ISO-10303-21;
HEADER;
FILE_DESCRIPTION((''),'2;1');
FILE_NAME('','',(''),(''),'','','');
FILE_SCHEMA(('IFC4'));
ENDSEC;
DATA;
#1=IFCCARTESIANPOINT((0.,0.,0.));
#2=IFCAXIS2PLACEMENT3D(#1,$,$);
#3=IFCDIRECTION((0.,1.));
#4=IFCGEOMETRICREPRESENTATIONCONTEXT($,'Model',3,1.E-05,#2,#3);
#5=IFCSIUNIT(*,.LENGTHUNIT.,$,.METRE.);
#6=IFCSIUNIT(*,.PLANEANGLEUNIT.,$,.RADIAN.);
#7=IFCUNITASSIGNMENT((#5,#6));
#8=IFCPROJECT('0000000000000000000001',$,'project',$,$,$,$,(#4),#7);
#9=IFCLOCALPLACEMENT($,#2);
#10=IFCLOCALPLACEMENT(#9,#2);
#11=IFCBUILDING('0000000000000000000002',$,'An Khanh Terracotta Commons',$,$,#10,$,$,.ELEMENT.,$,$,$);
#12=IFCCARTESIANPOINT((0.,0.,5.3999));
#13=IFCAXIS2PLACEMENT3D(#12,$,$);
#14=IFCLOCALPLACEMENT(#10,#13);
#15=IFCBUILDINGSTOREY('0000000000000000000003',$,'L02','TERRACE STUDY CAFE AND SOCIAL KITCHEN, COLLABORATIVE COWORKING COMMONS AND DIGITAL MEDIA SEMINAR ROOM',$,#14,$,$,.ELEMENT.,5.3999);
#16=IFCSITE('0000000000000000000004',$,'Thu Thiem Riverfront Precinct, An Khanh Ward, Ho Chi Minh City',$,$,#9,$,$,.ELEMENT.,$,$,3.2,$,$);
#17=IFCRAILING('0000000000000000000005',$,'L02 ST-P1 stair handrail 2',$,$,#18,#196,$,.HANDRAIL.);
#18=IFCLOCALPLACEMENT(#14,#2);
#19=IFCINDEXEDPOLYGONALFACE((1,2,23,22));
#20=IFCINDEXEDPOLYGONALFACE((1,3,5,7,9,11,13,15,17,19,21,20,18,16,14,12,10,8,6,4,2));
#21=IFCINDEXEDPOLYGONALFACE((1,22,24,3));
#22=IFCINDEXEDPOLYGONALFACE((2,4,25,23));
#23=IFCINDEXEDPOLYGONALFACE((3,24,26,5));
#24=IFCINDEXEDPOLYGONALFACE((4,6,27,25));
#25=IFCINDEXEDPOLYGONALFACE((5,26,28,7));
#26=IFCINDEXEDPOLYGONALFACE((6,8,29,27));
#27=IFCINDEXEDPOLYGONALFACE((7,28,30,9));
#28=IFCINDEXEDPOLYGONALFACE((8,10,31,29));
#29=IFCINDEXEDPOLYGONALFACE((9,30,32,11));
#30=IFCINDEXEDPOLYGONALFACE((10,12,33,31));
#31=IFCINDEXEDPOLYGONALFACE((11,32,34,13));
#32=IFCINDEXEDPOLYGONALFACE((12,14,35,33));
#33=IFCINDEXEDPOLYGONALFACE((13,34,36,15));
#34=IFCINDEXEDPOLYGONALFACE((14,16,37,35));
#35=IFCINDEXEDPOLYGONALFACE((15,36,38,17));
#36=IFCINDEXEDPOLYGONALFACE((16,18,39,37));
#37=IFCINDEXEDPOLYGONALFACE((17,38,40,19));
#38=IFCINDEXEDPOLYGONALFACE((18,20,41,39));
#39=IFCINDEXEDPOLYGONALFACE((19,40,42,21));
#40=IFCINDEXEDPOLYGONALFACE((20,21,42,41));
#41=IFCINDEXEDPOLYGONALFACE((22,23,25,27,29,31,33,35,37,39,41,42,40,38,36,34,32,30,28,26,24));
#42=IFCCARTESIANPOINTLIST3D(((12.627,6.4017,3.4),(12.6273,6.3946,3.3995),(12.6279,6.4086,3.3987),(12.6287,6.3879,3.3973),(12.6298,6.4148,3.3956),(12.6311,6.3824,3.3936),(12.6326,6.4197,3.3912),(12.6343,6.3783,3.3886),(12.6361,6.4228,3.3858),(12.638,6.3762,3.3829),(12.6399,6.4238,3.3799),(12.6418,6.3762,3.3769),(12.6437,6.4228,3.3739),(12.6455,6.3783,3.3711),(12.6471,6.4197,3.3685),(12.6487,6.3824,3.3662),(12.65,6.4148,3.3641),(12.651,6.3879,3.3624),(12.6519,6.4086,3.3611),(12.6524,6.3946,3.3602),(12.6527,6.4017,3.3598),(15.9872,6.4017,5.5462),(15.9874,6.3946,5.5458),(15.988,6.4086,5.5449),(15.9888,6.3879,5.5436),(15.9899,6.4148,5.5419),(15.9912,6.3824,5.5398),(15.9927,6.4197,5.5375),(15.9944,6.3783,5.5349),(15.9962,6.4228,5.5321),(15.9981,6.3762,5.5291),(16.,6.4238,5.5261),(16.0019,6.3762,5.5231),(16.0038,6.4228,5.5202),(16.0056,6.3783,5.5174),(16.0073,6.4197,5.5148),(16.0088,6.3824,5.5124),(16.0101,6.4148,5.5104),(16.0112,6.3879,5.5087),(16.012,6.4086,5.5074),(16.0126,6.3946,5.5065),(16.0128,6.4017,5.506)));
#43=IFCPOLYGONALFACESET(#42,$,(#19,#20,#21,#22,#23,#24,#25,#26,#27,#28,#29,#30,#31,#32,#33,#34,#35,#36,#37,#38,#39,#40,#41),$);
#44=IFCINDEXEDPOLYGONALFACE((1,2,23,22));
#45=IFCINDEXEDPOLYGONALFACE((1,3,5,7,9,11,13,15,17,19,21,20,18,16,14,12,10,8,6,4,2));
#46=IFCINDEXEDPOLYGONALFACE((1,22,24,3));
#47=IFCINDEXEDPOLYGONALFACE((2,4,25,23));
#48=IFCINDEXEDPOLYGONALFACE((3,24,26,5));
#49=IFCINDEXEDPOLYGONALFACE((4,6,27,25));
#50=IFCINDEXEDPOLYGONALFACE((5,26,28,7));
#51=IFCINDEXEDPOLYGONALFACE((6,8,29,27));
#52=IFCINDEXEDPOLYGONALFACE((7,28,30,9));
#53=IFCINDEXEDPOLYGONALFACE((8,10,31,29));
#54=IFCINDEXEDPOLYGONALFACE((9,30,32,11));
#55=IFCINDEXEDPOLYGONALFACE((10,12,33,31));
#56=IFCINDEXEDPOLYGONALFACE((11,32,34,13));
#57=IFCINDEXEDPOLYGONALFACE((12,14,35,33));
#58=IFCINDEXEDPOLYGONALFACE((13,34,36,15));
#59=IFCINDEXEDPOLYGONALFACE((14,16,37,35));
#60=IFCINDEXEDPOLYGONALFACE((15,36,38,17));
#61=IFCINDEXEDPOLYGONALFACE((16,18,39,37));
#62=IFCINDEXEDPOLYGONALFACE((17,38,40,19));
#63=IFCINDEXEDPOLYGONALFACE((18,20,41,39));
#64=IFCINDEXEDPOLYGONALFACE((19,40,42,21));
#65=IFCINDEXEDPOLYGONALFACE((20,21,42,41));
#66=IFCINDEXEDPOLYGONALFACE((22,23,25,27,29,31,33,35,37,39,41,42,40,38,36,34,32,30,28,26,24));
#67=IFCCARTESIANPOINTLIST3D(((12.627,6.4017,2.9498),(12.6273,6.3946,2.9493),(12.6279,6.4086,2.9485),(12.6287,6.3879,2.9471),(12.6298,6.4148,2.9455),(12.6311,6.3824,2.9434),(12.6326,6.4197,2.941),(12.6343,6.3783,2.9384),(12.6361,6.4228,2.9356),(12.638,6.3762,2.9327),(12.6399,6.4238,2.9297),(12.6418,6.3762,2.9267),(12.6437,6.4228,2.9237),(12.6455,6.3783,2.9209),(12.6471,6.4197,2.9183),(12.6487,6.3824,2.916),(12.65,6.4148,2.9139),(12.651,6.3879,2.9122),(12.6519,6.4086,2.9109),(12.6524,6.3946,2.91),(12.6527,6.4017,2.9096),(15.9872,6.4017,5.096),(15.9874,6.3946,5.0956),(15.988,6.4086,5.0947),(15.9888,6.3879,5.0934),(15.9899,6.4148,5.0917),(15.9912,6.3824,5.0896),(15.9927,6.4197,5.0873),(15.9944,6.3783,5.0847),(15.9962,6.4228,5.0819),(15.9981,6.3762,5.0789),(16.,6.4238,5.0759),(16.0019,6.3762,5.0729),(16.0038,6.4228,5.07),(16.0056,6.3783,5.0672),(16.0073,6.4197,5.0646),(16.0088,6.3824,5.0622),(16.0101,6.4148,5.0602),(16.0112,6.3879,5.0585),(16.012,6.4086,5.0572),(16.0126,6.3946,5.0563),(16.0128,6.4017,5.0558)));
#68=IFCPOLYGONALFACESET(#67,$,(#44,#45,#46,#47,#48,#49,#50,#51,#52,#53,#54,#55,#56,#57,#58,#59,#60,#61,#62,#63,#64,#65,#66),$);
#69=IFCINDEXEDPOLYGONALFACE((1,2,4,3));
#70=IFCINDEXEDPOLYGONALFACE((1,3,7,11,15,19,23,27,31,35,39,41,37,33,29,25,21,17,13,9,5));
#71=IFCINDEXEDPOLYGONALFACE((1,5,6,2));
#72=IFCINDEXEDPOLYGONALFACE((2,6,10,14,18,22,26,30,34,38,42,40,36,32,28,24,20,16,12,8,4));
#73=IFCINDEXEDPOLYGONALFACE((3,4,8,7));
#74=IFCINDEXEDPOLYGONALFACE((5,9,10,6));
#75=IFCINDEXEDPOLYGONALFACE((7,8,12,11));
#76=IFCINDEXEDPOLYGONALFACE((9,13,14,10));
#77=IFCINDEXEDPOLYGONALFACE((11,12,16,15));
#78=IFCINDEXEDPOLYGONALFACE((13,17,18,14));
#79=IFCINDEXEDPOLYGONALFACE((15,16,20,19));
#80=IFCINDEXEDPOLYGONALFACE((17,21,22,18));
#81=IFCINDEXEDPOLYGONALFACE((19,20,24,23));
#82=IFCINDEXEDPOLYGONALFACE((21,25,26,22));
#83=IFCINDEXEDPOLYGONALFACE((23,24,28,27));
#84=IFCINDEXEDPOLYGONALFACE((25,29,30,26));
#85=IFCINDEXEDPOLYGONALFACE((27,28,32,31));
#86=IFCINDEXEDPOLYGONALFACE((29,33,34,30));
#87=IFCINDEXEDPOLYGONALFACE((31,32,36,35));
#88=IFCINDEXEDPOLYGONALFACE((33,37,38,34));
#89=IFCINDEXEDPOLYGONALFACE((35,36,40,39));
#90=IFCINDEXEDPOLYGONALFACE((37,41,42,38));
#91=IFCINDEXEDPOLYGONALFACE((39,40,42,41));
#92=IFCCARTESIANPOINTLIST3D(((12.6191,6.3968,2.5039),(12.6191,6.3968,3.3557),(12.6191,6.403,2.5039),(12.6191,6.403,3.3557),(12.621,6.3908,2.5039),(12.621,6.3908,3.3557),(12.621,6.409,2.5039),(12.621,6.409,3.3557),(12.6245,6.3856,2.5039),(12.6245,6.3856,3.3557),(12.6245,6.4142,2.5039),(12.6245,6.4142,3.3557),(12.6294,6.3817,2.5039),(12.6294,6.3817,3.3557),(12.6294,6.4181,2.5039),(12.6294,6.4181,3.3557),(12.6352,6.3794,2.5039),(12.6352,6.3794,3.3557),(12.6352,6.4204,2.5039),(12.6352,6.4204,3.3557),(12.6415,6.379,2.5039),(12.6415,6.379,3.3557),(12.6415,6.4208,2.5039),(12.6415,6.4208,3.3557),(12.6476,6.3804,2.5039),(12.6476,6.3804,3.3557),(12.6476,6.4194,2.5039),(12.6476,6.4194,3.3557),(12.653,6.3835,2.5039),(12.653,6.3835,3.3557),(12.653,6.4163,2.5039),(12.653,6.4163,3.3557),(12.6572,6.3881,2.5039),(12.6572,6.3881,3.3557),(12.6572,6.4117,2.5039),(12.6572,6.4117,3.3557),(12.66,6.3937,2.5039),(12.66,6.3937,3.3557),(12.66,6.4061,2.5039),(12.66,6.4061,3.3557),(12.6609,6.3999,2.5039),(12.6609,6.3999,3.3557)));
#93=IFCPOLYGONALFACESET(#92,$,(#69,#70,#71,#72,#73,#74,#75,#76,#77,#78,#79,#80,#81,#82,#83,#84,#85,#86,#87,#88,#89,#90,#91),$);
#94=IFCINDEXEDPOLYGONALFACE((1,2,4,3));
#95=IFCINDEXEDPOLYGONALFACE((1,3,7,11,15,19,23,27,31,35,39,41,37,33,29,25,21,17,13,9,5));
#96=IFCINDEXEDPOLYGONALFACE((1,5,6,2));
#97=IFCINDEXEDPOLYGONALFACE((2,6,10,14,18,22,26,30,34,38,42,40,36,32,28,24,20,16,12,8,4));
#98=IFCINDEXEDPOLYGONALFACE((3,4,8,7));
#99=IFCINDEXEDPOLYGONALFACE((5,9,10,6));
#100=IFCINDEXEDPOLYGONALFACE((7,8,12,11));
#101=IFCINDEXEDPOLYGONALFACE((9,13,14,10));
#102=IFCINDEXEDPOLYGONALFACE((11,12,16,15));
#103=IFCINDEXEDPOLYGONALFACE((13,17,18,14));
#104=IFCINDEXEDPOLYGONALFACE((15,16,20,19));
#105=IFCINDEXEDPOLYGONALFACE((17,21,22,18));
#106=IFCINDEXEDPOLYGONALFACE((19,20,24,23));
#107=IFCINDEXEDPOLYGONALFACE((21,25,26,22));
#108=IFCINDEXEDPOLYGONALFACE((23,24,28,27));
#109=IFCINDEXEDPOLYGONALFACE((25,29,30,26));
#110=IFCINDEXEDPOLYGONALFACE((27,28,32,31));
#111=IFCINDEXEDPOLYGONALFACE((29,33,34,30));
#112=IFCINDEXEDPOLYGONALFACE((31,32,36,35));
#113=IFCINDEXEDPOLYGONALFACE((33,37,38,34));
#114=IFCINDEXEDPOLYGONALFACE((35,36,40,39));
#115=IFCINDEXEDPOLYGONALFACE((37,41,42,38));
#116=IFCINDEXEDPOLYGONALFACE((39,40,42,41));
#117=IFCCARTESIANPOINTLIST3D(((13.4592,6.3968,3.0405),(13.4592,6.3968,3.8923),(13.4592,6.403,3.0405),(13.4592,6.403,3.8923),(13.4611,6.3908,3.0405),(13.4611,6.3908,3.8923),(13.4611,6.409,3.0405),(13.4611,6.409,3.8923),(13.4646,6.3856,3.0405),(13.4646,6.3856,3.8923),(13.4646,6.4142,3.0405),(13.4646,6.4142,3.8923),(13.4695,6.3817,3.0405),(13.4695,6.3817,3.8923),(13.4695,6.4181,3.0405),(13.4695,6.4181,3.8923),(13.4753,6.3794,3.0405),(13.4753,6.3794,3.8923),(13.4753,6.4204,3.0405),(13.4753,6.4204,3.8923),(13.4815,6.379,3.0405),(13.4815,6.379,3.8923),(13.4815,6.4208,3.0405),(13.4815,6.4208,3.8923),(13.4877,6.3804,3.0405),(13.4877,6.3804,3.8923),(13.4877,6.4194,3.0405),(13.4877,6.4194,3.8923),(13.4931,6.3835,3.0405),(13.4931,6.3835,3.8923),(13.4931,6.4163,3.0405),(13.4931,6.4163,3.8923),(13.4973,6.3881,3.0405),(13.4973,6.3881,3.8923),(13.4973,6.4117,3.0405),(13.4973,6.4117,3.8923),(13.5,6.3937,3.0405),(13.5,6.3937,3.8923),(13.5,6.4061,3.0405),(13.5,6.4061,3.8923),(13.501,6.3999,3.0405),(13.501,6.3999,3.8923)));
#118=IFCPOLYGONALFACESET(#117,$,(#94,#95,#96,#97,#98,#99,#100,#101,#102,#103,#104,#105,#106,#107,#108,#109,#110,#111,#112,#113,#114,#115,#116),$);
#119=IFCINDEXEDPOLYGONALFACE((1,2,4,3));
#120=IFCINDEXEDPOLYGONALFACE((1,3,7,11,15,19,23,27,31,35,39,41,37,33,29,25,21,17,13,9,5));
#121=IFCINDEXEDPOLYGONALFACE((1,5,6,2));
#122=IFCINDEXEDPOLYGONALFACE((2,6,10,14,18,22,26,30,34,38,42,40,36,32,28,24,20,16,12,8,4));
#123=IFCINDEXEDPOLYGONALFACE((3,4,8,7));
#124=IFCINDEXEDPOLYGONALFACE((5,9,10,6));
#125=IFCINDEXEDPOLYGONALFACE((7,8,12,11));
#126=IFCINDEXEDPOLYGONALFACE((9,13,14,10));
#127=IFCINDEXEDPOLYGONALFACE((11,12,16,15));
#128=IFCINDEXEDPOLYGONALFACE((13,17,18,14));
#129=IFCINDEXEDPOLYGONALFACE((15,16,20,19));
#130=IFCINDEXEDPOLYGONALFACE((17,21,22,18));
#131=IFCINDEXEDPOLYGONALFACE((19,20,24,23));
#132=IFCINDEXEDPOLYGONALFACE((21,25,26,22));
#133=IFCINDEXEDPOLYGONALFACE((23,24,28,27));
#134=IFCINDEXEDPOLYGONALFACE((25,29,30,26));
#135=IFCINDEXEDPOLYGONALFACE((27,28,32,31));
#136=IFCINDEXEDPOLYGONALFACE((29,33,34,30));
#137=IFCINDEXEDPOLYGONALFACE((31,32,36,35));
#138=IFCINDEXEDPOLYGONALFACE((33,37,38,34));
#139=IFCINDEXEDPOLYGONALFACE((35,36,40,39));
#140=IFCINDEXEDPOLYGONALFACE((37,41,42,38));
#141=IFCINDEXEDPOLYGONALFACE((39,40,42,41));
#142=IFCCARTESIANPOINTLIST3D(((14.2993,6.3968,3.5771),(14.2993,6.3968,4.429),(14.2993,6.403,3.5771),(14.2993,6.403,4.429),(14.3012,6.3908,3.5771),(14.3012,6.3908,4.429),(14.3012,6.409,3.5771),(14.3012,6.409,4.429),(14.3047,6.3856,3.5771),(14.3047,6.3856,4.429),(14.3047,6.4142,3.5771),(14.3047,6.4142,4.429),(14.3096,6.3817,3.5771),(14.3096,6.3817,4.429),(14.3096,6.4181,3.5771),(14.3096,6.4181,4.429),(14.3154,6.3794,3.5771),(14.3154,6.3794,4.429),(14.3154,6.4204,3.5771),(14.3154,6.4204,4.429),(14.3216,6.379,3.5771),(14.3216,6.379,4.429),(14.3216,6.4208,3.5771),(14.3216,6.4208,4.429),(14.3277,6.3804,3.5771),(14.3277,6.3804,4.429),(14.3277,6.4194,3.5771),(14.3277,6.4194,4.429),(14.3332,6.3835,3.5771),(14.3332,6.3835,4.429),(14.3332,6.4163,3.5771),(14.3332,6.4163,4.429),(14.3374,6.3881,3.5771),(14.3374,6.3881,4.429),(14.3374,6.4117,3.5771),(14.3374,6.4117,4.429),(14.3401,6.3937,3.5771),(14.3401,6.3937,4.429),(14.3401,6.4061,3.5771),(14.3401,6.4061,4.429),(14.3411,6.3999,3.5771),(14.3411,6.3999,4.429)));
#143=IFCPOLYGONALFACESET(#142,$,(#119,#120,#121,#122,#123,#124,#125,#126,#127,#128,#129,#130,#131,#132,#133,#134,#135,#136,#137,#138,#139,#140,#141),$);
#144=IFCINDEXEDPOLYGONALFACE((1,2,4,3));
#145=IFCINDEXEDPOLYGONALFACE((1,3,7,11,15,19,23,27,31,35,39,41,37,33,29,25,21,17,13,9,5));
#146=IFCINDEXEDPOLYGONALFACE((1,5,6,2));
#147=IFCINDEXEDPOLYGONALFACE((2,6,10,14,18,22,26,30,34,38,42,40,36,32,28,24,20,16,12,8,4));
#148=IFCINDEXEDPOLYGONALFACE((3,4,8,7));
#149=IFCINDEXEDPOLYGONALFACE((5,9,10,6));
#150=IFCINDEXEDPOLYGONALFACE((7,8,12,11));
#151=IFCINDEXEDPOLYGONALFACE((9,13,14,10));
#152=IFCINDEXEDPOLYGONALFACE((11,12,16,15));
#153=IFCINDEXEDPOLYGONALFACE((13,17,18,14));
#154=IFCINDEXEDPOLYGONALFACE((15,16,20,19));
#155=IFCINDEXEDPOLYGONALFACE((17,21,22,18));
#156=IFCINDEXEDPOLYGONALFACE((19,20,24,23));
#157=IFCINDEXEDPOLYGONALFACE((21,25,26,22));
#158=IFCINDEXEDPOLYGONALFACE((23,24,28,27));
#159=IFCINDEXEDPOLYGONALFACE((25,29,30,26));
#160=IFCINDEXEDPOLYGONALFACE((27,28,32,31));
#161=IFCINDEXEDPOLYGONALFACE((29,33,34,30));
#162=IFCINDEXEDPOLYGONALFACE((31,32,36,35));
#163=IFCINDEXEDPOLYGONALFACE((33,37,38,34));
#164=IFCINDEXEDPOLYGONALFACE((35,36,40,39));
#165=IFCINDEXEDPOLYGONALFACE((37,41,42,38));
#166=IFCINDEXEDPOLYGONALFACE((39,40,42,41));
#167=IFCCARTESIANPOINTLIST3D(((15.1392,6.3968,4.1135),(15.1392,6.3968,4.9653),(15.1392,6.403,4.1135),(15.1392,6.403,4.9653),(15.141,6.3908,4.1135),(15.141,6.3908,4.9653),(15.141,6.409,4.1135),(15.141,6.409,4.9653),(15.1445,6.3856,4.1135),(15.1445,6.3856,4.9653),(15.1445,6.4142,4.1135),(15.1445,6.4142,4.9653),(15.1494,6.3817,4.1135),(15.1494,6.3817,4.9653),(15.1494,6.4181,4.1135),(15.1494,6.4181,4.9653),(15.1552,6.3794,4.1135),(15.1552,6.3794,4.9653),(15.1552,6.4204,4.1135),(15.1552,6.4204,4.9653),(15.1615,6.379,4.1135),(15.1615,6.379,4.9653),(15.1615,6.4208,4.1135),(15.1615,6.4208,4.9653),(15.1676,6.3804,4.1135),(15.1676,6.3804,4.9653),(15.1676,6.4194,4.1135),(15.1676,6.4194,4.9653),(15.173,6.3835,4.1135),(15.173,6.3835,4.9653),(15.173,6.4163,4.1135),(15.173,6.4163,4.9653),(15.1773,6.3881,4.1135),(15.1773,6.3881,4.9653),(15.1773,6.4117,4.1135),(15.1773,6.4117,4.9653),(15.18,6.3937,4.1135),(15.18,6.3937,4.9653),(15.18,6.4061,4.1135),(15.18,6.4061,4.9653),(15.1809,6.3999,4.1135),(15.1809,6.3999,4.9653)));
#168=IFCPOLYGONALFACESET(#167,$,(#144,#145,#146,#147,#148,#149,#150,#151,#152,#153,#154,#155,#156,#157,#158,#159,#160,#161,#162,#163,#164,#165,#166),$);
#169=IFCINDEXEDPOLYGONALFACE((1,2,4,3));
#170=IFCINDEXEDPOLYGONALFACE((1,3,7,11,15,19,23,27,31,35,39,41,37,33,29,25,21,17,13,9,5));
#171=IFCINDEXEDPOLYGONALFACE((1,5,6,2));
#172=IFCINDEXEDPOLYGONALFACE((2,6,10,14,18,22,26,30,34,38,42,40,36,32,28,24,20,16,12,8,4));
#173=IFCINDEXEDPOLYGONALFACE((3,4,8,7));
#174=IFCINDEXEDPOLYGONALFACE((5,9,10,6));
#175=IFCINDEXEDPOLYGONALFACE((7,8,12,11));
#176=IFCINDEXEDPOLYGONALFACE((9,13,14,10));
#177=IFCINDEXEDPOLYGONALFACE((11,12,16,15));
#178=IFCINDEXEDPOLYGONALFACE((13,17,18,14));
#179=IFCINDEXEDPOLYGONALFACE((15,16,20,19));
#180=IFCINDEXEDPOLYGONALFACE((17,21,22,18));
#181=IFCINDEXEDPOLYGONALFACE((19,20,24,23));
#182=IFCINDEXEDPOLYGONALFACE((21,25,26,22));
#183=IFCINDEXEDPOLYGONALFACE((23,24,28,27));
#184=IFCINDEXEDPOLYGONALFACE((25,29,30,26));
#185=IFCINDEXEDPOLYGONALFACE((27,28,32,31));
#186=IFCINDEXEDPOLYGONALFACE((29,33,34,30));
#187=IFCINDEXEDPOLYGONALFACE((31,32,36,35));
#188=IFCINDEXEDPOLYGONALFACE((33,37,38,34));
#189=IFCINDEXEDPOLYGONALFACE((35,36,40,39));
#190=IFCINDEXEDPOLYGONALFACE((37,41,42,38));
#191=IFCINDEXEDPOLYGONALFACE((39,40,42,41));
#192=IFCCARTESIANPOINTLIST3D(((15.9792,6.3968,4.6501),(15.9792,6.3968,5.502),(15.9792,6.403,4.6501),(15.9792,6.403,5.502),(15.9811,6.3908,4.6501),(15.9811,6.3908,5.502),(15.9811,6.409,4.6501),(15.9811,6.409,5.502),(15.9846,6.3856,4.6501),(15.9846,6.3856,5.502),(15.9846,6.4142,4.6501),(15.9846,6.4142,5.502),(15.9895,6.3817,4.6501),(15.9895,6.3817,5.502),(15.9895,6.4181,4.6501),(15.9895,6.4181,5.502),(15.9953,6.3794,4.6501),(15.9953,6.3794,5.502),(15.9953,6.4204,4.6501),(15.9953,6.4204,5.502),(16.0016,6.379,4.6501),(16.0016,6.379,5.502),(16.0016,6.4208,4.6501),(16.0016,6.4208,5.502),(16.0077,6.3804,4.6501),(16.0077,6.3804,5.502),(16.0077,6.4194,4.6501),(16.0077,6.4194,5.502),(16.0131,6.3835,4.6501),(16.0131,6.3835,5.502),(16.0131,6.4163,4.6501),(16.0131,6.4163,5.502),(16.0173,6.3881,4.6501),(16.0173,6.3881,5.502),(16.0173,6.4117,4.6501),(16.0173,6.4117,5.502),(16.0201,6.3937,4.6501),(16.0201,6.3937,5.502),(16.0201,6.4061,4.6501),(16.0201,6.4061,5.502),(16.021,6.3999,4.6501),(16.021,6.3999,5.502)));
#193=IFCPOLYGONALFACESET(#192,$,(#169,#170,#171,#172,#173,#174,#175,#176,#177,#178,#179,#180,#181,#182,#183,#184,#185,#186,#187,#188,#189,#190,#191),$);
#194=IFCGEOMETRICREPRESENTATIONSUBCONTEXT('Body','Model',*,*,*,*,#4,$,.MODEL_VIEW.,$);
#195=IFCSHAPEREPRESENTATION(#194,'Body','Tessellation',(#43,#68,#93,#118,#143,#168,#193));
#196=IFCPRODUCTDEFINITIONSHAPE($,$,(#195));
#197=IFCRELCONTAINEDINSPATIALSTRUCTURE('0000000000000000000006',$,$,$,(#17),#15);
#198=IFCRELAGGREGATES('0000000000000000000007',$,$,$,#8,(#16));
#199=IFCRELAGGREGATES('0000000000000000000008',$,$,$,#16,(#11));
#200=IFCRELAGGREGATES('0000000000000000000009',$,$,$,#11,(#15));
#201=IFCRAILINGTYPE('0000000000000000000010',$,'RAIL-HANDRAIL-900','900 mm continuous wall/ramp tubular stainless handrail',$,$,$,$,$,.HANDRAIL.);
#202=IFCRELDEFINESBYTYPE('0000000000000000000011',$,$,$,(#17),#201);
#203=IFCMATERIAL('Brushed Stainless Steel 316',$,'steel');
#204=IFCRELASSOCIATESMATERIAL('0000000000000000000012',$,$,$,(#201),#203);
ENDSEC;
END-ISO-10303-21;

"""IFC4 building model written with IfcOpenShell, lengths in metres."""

from ifc_helpers import new_model, si_unit, direction, frame, origin, origin_2d, place, context, subcontext, project, spatial, circle, extrude, material, type_object, element, save


model = new_model("IFC4")

# Units and contexts
model_context = context("Model", 3, precision=1e-05, world=origin(), true_north=direction((0.0, 1.0)))
body_context = subcontext(model_context, "Body", "Model", "MODEL_VIEW")
ifc_project = project(units=[si_unit("LENGTHUNIT", "METRE"), si_unit("PLANEANGLEUNIT", "RADIAN")], contexts=[model_context])

# Site, building, storey
site_placement = place(None, origin())
site = spatial("IfcSite", under=ifc_project, at=site_placement, Name="Thu Thiem Riverfront Precinct, An Khanh Ward, Ho Chi Minh City", CompositionType="ELEMENT", RefElevation=3.2)
building_placement = place(site_placement, origin())
building = spatial("IfcBuilding", under=site, at=building_placement, Name="An Khanh Terracotta Commons", CompositionType="ELEMENT")
storey_placement = place(building_placement, frame((0.0, 0.0, 5.3999)))
storey = spatial("IfcBuildingStorey", under=building, at=storey_placement, Name="L02", Description="TERRACE STUDY CAFE AND SOCIAL KITCHEN, COLLABORATIVE COWORKING COMMONS AND DIGITAL MEDIA SEMINAR ROOM", CompositionType="ELEMENT", Elevation=5.3999)

# Railing
ifc_material_1 = material(Name="Brushed Stainless Steel 316", Category="steel")
railing_type_1 = type_object("IfcRailingType", Name="RAIL-HANDRAIL-900", Description="900 mm continuous wall/ramp tubular stainless handrail", PredefinedType="HANDRAIL", material=ifc_material_1)
railing_1_placement = place(storey_placement, frame((12.6399, 6.3999, 2.5039)))
element("IfcRailing", 1, at=railing_1_placement, inside=storey, type_object=railing_type_1, Name="L02 ST-P1 stair handrail 2", PredefinedType="HANDRAIL", context=body_context, shape_type="SweptSolid", body=[
    extrude(circle(Radius=0.0239, at=origin_2d()), frame((0.0, 0.0, 0.876), z_axis=(0.842753, 0.0, 0.538301), x_axis=(0.0, 1.0, 0.0)), (0.0, 0.0, 1.0), 3.9871),
    extrude(circle(Radius=0.0239, at=origin_2d()), frame((0.0, 0.0, 0.4258), z_axis=(0.842753, 0.0, 0.538301), x_axis=(0.0, 1.0, 0.0)), (0.0, 0.0, 1.0), 3.9871),
    extrude(circle(Radius=0.021, at=origin_2d()), origin(), (0.0, 0.0, 1.0), 0.8518),
    extrude(circle(Radius=0.021, at=origin_2d()), frame((0.8401, 0.0, 0.5366)), (0.0, 0.0, 1.0), 0.8518),
    extrude(circle(Radius=0.021, at=origin_2d()), frame((1.6802, 0.0, 1.0732)), (0.0, 0.0, 1.0), 0.8518),
    extrude(circle(Radius=0.021, at=origin_2d()), frame((2.52, 0.0, 1.6096)), (0.0, 0.0, 1.0), 0.8518),
    extrude(circle(Radius=0.021, at=origin_2d()), frame((3.3601, 0.0, 2.1462)), (0.0, 0.0, 1.0), 0.8518),
])

save(model, "model.ifc")
